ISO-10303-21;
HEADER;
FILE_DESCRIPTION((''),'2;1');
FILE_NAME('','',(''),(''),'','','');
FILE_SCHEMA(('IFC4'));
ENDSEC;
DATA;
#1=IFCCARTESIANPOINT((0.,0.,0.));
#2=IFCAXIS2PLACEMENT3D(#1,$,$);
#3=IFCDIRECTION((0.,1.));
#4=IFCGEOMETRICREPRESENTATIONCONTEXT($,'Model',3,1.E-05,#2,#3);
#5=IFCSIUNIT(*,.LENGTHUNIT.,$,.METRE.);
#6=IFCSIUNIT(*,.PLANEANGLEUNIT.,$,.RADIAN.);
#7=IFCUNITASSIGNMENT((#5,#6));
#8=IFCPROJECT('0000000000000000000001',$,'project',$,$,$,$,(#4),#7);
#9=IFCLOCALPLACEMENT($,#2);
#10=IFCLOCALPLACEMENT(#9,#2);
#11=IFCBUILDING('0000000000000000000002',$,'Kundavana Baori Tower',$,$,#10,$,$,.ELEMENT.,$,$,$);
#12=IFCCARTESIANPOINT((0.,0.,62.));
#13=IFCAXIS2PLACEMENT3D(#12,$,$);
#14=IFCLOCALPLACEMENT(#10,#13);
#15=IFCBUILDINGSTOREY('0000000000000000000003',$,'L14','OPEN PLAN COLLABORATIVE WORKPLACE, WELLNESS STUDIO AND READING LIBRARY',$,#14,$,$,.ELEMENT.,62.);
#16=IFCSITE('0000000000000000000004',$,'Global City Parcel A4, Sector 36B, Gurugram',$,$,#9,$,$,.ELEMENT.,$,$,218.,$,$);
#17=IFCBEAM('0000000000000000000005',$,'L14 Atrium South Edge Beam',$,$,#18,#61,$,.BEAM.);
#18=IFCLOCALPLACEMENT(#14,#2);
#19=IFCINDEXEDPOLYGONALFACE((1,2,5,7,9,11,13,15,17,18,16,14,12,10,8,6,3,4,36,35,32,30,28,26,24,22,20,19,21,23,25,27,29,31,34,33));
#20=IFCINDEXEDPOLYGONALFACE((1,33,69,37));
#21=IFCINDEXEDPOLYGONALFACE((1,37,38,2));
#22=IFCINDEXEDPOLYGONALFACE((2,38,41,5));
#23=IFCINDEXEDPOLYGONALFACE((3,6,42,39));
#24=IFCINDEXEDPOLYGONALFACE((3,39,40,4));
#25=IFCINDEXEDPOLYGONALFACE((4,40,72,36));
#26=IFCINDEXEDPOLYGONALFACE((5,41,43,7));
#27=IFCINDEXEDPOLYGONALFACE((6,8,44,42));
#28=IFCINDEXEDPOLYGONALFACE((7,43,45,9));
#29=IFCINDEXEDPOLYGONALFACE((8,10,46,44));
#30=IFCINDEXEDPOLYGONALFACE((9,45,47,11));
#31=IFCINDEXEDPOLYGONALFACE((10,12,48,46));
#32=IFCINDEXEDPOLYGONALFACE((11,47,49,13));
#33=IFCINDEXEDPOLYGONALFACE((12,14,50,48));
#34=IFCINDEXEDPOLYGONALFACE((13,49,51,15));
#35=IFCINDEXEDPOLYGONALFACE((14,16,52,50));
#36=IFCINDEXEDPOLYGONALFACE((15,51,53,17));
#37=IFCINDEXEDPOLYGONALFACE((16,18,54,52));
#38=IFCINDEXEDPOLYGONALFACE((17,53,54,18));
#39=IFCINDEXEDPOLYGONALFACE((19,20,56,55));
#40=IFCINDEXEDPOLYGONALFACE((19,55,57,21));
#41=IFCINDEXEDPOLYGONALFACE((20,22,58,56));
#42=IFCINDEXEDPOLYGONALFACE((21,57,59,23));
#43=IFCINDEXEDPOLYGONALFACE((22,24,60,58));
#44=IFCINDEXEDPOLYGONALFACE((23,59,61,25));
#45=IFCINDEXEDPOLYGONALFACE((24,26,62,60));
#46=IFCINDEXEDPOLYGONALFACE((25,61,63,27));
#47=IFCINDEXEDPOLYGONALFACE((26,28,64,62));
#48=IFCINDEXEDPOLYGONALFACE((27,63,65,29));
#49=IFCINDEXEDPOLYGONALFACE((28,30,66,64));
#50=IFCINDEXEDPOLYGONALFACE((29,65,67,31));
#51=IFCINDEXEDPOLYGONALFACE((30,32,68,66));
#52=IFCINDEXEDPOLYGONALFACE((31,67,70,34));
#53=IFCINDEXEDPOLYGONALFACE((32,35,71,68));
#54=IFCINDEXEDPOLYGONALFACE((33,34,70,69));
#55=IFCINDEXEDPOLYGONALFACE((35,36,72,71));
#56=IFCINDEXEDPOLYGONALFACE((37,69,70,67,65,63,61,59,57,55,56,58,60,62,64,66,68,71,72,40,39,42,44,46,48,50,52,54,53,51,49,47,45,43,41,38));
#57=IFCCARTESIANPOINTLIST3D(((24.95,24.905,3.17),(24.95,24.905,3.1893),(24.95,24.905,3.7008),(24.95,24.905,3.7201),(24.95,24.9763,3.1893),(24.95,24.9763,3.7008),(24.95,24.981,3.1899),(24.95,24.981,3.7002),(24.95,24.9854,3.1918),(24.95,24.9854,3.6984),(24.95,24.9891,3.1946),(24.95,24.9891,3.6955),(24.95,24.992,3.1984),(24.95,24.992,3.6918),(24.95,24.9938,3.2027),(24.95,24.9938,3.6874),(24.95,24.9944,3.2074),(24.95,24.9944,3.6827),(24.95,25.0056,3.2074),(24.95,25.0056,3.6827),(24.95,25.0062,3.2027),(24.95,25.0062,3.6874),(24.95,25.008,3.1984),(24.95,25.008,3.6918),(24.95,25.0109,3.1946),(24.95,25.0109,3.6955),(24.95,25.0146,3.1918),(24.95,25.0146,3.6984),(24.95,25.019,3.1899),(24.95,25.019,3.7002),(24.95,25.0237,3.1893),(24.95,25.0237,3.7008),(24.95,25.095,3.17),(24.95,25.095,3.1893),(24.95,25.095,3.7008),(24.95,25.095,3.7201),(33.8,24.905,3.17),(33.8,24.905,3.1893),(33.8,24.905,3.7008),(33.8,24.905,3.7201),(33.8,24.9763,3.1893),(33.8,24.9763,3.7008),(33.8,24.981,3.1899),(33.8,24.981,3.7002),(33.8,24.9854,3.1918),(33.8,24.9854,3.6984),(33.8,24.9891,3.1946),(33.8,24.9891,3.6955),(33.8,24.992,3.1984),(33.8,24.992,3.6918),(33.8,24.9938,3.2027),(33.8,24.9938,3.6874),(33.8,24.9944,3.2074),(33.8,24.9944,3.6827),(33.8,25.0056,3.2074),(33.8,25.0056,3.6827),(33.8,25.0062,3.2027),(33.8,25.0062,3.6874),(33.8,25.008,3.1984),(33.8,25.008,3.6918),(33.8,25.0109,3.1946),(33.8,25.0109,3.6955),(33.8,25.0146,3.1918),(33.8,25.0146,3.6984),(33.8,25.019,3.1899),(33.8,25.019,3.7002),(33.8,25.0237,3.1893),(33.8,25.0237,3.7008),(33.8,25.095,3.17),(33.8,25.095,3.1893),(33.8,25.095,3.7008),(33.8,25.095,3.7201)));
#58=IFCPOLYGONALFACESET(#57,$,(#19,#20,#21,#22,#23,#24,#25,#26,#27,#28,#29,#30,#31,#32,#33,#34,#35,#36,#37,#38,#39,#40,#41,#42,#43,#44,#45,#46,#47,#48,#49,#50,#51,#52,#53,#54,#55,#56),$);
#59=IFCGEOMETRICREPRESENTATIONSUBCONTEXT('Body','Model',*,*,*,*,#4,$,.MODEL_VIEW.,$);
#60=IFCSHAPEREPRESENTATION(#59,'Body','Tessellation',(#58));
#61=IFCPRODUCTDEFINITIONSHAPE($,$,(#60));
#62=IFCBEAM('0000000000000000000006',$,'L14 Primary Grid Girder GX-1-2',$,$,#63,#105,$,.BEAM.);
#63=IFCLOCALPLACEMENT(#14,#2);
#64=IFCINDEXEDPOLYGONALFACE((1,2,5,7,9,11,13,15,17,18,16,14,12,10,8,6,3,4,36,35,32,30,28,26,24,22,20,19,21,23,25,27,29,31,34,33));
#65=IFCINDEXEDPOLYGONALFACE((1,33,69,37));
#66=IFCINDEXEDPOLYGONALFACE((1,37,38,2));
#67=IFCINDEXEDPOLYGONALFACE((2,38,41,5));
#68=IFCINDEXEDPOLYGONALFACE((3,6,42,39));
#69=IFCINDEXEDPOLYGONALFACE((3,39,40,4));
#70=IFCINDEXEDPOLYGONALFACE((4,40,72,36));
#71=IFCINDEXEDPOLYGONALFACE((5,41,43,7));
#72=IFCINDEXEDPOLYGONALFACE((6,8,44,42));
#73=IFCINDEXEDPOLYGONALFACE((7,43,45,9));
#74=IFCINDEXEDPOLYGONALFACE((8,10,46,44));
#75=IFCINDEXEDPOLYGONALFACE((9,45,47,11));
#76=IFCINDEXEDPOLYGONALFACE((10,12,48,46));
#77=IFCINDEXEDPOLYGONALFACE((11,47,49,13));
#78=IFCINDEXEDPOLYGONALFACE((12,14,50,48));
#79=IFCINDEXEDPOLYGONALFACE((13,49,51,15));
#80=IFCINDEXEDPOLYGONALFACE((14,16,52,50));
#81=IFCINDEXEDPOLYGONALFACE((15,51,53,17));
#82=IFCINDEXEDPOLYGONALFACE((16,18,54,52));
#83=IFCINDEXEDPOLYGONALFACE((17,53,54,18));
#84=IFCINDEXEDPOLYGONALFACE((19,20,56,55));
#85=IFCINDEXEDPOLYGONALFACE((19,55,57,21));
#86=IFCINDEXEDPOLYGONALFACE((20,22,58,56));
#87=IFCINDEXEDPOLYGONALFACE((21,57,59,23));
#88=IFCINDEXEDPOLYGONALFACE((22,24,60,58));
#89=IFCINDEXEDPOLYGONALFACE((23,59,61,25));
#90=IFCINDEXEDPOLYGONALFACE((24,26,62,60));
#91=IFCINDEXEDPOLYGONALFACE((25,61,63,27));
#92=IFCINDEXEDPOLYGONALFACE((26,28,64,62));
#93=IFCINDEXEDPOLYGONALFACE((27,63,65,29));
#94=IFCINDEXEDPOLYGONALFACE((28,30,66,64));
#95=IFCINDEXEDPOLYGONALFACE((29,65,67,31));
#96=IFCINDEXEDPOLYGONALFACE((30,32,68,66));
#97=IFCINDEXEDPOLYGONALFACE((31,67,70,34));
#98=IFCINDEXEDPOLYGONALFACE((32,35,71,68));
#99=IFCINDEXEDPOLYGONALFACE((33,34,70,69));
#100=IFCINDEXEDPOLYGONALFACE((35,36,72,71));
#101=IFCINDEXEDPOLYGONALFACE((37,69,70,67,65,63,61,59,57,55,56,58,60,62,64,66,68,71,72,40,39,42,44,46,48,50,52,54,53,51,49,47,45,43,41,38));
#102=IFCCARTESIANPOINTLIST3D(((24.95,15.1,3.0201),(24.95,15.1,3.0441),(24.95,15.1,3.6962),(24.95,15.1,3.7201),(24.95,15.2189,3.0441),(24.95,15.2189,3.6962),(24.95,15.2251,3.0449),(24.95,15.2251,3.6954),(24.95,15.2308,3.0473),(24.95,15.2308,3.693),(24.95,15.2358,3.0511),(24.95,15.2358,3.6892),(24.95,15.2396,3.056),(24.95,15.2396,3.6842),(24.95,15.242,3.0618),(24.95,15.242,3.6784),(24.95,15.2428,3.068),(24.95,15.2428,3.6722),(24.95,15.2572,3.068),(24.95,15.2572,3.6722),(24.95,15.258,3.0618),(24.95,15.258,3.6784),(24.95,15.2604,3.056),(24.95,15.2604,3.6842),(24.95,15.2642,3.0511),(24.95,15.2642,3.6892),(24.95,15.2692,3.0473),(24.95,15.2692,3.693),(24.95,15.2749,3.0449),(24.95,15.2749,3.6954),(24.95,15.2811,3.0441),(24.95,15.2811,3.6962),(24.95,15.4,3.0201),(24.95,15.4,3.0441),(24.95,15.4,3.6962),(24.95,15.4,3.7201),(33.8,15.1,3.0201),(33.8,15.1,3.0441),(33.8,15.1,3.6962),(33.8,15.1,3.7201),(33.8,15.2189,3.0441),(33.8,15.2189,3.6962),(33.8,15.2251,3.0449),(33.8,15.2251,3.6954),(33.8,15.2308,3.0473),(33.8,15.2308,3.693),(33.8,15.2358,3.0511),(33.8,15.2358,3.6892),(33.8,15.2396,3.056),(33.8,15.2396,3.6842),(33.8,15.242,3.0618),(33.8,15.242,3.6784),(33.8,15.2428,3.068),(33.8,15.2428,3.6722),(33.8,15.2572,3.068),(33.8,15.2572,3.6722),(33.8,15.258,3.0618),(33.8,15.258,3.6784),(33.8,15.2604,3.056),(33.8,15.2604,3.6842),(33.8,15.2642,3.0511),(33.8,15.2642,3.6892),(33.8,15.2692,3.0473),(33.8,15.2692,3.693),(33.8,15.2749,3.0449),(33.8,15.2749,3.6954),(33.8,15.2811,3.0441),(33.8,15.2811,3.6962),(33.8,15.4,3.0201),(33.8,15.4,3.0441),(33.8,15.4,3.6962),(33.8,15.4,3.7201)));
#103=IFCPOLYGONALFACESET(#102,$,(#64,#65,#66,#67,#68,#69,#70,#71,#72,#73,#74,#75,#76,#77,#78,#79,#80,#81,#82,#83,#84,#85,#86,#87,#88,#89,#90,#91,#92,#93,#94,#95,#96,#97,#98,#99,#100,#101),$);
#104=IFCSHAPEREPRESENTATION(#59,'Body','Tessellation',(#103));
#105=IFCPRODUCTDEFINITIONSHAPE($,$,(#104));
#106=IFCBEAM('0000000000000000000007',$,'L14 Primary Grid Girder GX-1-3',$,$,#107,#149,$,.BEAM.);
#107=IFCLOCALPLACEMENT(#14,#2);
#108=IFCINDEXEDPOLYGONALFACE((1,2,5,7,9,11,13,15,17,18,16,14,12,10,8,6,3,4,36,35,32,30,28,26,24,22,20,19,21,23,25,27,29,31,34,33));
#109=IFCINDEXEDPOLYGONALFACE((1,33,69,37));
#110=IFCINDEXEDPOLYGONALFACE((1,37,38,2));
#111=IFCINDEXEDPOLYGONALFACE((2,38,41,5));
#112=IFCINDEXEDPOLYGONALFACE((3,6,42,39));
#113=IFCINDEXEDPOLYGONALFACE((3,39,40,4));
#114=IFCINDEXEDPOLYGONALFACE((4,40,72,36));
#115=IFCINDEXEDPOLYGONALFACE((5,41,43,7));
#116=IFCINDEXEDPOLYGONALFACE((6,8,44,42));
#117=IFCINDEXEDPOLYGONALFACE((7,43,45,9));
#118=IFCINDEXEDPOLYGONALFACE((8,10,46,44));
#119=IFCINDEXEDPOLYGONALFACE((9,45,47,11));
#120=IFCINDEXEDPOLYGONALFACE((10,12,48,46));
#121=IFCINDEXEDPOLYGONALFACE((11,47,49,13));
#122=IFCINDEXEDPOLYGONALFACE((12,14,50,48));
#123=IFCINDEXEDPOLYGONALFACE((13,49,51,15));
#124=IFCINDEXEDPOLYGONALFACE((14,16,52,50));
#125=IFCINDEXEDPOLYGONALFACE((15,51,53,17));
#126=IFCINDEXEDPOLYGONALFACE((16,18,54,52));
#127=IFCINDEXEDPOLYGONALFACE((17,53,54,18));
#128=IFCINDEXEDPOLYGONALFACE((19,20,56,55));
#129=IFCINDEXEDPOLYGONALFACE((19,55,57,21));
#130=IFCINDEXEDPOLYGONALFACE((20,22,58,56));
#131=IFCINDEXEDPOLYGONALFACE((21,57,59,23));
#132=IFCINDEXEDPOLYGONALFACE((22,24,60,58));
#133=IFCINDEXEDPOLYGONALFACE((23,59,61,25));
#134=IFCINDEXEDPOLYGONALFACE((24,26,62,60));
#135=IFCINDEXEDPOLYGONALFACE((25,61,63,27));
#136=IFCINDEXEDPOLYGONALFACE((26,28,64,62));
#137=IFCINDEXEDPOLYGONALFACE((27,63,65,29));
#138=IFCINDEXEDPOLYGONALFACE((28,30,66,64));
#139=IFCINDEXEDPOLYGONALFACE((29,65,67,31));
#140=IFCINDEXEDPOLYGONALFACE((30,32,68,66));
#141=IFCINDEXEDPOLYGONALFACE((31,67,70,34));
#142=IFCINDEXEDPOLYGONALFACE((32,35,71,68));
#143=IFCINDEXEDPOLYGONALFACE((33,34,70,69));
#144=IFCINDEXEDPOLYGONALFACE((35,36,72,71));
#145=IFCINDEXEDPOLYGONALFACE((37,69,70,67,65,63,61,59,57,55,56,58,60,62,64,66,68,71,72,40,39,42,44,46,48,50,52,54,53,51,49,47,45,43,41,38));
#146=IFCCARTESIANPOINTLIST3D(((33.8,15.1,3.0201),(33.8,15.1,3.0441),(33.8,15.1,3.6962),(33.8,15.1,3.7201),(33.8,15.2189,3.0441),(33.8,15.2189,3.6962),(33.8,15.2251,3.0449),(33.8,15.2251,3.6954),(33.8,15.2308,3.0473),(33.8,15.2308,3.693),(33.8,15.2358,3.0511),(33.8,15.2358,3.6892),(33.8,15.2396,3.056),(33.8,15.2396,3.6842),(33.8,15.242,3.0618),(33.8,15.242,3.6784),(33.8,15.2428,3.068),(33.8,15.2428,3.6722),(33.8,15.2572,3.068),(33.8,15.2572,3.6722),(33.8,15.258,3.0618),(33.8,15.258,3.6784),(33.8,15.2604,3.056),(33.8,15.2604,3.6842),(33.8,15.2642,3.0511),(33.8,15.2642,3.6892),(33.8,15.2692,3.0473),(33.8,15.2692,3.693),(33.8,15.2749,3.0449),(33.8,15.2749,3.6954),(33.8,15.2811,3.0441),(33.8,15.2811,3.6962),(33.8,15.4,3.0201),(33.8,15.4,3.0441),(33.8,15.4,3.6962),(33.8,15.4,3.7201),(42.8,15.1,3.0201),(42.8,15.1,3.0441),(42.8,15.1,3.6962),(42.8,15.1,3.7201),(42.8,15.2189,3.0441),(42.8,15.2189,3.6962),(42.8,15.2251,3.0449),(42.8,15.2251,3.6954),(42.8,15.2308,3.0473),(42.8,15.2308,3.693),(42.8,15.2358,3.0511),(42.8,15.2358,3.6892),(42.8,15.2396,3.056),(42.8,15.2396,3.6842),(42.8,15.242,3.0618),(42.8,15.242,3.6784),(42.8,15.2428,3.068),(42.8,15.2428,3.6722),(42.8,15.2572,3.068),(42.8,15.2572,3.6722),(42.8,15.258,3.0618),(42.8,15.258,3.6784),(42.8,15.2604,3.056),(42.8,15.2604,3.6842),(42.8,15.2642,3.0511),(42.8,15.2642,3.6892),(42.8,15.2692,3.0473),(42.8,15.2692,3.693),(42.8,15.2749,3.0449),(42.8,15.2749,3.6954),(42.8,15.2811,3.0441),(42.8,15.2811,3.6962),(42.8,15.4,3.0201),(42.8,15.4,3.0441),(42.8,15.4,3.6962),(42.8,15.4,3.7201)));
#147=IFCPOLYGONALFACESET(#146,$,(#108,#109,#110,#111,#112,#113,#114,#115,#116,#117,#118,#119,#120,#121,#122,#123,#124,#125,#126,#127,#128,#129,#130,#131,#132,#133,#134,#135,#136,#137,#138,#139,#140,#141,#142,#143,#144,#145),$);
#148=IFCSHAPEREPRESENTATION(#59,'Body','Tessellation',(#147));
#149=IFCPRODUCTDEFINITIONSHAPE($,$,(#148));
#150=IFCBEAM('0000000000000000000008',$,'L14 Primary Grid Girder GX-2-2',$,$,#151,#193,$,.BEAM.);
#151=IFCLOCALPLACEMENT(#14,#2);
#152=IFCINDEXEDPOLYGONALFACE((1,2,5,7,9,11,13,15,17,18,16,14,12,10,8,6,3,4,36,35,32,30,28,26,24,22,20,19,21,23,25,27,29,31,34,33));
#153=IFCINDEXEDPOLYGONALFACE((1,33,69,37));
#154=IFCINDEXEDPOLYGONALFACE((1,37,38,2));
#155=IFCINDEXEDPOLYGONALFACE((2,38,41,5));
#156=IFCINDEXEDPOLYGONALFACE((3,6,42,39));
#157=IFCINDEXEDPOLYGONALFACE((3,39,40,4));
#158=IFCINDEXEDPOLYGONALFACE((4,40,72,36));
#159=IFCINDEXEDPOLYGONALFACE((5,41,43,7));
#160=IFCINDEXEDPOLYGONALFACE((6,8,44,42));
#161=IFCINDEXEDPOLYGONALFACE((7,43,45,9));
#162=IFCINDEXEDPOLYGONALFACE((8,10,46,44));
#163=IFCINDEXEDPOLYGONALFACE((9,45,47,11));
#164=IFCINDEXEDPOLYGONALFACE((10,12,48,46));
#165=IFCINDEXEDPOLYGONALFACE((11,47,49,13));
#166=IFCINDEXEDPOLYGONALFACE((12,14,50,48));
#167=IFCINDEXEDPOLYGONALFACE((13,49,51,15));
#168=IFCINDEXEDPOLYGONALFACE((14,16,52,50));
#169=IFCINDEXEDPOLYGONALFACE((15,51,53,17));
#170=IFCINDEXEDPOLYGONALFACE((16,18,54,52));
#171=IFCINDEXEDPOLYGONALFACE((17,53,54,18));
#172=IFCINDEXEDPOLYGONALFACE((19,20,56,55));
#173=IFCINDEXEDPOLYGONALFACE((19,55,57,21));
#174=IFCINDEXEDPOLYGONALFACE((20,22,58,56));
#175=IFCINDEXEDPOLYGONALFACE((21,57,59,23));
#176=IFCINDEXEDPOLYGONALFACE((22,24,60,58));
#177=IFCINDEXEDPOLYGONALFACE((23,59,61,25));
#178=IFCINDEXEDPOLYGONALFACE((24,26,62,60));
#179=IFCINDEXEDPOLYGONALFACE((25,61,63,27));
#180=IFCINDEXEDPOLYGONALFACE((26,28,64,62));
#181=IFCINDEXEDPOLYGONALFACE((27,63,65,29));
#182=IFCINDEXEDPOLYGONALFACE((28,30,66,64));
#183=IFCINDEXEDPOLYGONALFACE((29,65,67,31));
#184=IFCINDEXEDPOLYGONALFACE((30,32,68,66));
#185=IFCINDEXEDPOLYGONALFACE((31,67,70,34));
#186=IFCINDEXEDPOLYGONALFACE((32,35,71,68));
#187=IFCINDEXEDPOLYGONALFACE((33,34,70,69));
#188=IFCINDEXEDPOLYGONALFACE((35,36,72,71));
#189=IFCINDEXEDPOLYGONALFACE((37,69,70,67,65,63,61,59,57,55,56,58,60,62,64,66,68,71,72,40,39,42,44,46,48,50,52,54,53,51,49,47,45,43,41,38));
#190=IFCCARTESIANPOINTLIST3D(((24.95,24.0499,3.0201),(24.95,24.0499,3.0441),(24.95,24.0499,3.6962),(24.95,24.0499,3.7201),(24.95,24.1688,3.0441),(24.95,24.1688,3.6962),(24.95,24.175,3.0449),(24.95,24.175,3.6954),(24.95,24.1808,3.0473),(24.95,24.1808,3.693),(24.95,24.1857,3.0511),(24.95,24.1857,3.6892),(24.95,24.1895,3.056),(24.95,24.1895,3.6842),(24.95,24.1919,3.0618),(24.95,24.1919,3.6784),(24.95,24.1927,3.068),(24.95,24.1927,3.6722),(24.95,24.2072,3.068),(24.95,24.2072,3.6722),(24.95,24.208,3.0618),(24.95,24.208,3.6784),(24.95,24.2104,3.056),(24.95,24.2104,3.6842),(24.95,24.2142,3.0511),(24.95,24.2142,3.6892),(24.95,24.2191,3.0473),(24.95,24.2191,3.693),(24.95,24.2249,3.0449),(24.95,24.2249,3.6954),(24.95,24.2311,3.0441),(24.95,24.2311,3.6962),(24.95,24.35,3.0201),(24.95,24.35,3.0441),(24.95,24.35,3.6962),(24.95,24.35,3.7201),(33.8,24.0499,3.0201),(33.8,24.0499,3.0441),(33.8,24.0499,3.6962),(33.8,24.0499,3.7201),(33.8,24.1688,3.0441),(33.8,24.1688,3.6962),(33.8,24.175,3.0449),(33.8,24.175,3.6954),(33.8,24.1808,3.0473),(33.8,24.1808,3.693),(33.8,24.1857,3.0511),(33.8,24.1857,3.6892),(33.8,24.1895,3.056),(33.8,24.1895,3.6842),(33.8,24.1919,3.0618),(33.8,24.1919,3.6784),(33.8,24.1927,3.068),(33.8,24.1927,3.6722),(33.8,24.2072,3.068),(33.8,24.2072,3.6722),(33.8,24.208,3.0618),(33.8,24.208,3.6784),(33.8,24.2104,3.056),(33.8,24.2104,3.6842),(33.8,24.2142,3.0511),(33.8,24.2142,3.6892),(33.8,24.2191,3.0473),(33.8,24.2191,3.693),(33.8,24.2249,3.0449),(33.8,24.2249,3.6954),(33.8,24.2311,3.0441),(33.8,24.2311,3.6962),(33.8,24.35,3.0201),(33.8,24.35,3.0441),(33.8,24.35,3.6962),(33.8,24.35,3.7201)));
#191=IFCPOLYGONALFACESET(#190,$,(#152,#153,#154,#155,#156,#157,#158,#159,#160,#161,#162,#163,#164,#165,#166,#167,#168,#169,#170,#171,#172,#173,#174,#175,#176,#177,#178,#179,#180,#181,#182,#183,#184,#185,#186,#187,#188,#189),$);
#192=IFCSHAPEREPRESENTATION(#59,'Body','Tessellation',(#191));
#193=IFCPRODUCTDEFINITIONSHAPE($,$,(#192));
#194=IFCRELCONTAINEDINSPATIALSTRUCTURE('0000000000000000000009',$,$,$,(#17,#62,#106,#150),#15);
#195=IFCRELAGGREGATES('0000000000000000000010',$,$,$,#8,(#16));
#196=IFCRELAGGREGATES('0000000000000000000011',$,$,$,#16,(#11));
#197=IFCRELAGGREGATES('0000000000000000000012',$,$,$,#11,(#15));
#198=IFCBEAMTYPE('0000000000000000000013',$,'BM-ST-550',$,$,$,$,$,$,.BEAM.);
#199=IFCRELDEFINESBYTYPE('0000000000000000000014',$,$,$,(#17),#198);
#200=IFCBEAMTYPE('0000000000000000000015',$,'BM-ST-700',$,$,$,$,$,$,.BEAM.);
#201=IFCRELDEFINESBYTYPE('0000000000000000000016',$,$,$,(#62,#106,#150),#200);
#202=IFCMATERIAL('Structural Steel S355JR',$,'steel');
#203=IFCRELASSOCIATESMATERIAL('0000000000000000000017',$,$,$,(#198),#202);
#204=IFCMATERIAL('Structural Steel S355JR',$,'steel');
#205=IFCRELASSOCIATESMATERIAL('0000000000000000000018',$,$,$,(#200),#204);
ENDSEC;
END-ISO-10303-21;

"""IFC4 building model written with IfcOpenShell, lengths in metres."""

from ifc_helpers import new_model, si_unit, direction, frame, origin, origin_2d, place, context, subcontext, project, spatial, i_section, extrude, material, material_profile, profile_set, type_object, element, save


model = new_model("IFC4")

# Units and contexts
model_context = context("Model", 3, precision=1e-05, world=origin(), true_north=direction((0.0, 1.0)))
body_context = subcontext(model_context, "Body", "Model", "MODEL_VIEW")
ifc_project = project(units=[si_unit("LENGTHUNIT", "METRE"), si_unit("PLANEANGLEUNIT", "RADIAN")], contexts=[model_context])

# Site, building, storey
site_placement = place(None, origin())
site = spatial("IfcSite", under=ifc_project, at=site_placement, Name="Global City Parcel A4, Sector 36B, Gurugram", CompositionType="ELEMENT", RefElevation=218.0)
building_placement = place(site_placement, origin())
building = spatial("IfcBuilding", under=site, at=building_placement, Name="Kundavana Baori Tower", CompositionType="ELEMENT")
storey_placement = place(building_placement, frame((0.0, 0.0, 62.0)))
storey = spatial("IfcBuildingStorey", under=building, at=storey_placement, Name="L14", Description="OPEN PLAN COLLABORATIVE WORKPLACE, WELLNESS STUDIO AND READING LIBRARY", CompositionType="ELEMENT", Elevation=62.0)

# Beams
ifc_material_1 = material(Name="Structural Steel S355JR", Category="steel")
ifc_material_profile_1 = material_profile(ifc_material_1, i_section(OverallWidth=0.1899, OverallDepth=0.55, WebThickness=0.0112, FlangeThickness=0.0193, FilletRadius=0.0181, at=origin_2d()), Name="ISMB 550")
ifc_profile_set_1 = profile_set([ifc_material_profile_1], Name="Structural Steel S355JR")
beam_type_1 = type_object("IfcBeamType", Name="BM-ST-550", PredefinedType="BEAM", material=ifc_profile_set_1)
beam_1_placement = place(storey_placement, frame((24.95, 25.0, 3.4451), z_axis=(1.0, 0.0, 0.0), x_axis=(0.0, 1.0, 0.0)))
element("IfcBeam", 1, at=beam_1_placement, inside=storey, type_object=beam_type_1, Name="L14 Atrium South Edge Beam", PredefinedType="BEAM", context=body_context, shape_type="SweptSolid", body=[
    extrude(i_section(OverallWidth=0.1899, OverallDepth=0.55, WebThickness=0.0112, FlangeThickness=0.0193, FilletRadius=0.0181, at=origin_2d()), origin(), (0.0, 0.0, 1.0), 8.8501),
])
ifc_material_2 = material(Name="Structural Steel S355JR", Category="steel")
ifc_material_profile_2 = material_profile(ifc_material_2, i_section(OverallWidth=0.3, OverallDepth=0.7, WebThickness=0.0144, FlangeThickness=0.0239, FilletRadius=0.0239, at=origin_2d()), Name="NPB 700x300x170")
ifc_profile_set_2 = profile_set([ifc_material_profile_2], Name="Structural Steel S355JR")
beam_type_2 = type_object("IfcBeamType", Name="BM-ST-700", PredefinedType="BEAM", material=ifc_profile_set_2)
beam_2_placement = place(storey_placement, frame((24.95, 15.25, 3.3701), z_axis=(1.0, 0.0, 0.0), x_axis=(0.0, 1.0, 0.0)))
element("IfcBeam", 2, at=beam_2_placement, inside=storey, type_object=beam_type_2, Name="L14 Primary Grid Girder GX-1-2", PredefinedType="BEAM", context=body_context, shape_type="SweptSolid", body=[
    extrude(i_section(OverallWidth=0.3, OverallDepth=0.7, WebThickness=0.0144, FlangeThickness=0.0239, FilletRadius=0.0239, at=origin_2d()), origin(), (0.0, 0.0, 1.0), 8.8501),
])
beam_3_placement = place(storey_placement, frame((33.8, 15.25, 3.3701), z_axis=(1.0, 0.0, 0.0), x_axis=(0.0, 1.0, 0.0)))
element("IfcBeam", 3, at=beam_3_placement, inside=storey, type_object=beam_type_2, Name="L14 Primary Grid Girder GX-1-3", PredefinedType="BEAM", context=body_context, shape_type="SweptSolid", body=[
    extrude(i_section(OverallWidth=0.3, OverallDepth=0.7, WebThickness=0.0144, FlangeThickness=0.0239, FilletRadius=0.0239, at=origin_2d()), origin(), (0.0, 0.0, 1.0), 9.0),
])
beam_4_placement = place(storey_placement, frame((24.95, 24.2, 3.3701), z_axis=(1.0, 0.0, 0.0), x_axis=(0.0, 1.0, 0.0)))
element("IfcBeam", 4, at=beam_4_placement, inside=storey, type_object=beam_type_2, Name="L14 Primary Grid Girder GX-2-2", PredefinedType="BEAM", context=body_context, shape_type="SweptSolid", body=[
    extrude(i_section(OverallWidth=0.3, OverallDepth=0.7, WebThickness=0.0144, FlangeThickness=0.0239, FilletRadius=0.0239, at=origin_2d()), origin(), (0.0, 0.0, 1.0), 8.8501),
])

save(model, "model.ifc")
